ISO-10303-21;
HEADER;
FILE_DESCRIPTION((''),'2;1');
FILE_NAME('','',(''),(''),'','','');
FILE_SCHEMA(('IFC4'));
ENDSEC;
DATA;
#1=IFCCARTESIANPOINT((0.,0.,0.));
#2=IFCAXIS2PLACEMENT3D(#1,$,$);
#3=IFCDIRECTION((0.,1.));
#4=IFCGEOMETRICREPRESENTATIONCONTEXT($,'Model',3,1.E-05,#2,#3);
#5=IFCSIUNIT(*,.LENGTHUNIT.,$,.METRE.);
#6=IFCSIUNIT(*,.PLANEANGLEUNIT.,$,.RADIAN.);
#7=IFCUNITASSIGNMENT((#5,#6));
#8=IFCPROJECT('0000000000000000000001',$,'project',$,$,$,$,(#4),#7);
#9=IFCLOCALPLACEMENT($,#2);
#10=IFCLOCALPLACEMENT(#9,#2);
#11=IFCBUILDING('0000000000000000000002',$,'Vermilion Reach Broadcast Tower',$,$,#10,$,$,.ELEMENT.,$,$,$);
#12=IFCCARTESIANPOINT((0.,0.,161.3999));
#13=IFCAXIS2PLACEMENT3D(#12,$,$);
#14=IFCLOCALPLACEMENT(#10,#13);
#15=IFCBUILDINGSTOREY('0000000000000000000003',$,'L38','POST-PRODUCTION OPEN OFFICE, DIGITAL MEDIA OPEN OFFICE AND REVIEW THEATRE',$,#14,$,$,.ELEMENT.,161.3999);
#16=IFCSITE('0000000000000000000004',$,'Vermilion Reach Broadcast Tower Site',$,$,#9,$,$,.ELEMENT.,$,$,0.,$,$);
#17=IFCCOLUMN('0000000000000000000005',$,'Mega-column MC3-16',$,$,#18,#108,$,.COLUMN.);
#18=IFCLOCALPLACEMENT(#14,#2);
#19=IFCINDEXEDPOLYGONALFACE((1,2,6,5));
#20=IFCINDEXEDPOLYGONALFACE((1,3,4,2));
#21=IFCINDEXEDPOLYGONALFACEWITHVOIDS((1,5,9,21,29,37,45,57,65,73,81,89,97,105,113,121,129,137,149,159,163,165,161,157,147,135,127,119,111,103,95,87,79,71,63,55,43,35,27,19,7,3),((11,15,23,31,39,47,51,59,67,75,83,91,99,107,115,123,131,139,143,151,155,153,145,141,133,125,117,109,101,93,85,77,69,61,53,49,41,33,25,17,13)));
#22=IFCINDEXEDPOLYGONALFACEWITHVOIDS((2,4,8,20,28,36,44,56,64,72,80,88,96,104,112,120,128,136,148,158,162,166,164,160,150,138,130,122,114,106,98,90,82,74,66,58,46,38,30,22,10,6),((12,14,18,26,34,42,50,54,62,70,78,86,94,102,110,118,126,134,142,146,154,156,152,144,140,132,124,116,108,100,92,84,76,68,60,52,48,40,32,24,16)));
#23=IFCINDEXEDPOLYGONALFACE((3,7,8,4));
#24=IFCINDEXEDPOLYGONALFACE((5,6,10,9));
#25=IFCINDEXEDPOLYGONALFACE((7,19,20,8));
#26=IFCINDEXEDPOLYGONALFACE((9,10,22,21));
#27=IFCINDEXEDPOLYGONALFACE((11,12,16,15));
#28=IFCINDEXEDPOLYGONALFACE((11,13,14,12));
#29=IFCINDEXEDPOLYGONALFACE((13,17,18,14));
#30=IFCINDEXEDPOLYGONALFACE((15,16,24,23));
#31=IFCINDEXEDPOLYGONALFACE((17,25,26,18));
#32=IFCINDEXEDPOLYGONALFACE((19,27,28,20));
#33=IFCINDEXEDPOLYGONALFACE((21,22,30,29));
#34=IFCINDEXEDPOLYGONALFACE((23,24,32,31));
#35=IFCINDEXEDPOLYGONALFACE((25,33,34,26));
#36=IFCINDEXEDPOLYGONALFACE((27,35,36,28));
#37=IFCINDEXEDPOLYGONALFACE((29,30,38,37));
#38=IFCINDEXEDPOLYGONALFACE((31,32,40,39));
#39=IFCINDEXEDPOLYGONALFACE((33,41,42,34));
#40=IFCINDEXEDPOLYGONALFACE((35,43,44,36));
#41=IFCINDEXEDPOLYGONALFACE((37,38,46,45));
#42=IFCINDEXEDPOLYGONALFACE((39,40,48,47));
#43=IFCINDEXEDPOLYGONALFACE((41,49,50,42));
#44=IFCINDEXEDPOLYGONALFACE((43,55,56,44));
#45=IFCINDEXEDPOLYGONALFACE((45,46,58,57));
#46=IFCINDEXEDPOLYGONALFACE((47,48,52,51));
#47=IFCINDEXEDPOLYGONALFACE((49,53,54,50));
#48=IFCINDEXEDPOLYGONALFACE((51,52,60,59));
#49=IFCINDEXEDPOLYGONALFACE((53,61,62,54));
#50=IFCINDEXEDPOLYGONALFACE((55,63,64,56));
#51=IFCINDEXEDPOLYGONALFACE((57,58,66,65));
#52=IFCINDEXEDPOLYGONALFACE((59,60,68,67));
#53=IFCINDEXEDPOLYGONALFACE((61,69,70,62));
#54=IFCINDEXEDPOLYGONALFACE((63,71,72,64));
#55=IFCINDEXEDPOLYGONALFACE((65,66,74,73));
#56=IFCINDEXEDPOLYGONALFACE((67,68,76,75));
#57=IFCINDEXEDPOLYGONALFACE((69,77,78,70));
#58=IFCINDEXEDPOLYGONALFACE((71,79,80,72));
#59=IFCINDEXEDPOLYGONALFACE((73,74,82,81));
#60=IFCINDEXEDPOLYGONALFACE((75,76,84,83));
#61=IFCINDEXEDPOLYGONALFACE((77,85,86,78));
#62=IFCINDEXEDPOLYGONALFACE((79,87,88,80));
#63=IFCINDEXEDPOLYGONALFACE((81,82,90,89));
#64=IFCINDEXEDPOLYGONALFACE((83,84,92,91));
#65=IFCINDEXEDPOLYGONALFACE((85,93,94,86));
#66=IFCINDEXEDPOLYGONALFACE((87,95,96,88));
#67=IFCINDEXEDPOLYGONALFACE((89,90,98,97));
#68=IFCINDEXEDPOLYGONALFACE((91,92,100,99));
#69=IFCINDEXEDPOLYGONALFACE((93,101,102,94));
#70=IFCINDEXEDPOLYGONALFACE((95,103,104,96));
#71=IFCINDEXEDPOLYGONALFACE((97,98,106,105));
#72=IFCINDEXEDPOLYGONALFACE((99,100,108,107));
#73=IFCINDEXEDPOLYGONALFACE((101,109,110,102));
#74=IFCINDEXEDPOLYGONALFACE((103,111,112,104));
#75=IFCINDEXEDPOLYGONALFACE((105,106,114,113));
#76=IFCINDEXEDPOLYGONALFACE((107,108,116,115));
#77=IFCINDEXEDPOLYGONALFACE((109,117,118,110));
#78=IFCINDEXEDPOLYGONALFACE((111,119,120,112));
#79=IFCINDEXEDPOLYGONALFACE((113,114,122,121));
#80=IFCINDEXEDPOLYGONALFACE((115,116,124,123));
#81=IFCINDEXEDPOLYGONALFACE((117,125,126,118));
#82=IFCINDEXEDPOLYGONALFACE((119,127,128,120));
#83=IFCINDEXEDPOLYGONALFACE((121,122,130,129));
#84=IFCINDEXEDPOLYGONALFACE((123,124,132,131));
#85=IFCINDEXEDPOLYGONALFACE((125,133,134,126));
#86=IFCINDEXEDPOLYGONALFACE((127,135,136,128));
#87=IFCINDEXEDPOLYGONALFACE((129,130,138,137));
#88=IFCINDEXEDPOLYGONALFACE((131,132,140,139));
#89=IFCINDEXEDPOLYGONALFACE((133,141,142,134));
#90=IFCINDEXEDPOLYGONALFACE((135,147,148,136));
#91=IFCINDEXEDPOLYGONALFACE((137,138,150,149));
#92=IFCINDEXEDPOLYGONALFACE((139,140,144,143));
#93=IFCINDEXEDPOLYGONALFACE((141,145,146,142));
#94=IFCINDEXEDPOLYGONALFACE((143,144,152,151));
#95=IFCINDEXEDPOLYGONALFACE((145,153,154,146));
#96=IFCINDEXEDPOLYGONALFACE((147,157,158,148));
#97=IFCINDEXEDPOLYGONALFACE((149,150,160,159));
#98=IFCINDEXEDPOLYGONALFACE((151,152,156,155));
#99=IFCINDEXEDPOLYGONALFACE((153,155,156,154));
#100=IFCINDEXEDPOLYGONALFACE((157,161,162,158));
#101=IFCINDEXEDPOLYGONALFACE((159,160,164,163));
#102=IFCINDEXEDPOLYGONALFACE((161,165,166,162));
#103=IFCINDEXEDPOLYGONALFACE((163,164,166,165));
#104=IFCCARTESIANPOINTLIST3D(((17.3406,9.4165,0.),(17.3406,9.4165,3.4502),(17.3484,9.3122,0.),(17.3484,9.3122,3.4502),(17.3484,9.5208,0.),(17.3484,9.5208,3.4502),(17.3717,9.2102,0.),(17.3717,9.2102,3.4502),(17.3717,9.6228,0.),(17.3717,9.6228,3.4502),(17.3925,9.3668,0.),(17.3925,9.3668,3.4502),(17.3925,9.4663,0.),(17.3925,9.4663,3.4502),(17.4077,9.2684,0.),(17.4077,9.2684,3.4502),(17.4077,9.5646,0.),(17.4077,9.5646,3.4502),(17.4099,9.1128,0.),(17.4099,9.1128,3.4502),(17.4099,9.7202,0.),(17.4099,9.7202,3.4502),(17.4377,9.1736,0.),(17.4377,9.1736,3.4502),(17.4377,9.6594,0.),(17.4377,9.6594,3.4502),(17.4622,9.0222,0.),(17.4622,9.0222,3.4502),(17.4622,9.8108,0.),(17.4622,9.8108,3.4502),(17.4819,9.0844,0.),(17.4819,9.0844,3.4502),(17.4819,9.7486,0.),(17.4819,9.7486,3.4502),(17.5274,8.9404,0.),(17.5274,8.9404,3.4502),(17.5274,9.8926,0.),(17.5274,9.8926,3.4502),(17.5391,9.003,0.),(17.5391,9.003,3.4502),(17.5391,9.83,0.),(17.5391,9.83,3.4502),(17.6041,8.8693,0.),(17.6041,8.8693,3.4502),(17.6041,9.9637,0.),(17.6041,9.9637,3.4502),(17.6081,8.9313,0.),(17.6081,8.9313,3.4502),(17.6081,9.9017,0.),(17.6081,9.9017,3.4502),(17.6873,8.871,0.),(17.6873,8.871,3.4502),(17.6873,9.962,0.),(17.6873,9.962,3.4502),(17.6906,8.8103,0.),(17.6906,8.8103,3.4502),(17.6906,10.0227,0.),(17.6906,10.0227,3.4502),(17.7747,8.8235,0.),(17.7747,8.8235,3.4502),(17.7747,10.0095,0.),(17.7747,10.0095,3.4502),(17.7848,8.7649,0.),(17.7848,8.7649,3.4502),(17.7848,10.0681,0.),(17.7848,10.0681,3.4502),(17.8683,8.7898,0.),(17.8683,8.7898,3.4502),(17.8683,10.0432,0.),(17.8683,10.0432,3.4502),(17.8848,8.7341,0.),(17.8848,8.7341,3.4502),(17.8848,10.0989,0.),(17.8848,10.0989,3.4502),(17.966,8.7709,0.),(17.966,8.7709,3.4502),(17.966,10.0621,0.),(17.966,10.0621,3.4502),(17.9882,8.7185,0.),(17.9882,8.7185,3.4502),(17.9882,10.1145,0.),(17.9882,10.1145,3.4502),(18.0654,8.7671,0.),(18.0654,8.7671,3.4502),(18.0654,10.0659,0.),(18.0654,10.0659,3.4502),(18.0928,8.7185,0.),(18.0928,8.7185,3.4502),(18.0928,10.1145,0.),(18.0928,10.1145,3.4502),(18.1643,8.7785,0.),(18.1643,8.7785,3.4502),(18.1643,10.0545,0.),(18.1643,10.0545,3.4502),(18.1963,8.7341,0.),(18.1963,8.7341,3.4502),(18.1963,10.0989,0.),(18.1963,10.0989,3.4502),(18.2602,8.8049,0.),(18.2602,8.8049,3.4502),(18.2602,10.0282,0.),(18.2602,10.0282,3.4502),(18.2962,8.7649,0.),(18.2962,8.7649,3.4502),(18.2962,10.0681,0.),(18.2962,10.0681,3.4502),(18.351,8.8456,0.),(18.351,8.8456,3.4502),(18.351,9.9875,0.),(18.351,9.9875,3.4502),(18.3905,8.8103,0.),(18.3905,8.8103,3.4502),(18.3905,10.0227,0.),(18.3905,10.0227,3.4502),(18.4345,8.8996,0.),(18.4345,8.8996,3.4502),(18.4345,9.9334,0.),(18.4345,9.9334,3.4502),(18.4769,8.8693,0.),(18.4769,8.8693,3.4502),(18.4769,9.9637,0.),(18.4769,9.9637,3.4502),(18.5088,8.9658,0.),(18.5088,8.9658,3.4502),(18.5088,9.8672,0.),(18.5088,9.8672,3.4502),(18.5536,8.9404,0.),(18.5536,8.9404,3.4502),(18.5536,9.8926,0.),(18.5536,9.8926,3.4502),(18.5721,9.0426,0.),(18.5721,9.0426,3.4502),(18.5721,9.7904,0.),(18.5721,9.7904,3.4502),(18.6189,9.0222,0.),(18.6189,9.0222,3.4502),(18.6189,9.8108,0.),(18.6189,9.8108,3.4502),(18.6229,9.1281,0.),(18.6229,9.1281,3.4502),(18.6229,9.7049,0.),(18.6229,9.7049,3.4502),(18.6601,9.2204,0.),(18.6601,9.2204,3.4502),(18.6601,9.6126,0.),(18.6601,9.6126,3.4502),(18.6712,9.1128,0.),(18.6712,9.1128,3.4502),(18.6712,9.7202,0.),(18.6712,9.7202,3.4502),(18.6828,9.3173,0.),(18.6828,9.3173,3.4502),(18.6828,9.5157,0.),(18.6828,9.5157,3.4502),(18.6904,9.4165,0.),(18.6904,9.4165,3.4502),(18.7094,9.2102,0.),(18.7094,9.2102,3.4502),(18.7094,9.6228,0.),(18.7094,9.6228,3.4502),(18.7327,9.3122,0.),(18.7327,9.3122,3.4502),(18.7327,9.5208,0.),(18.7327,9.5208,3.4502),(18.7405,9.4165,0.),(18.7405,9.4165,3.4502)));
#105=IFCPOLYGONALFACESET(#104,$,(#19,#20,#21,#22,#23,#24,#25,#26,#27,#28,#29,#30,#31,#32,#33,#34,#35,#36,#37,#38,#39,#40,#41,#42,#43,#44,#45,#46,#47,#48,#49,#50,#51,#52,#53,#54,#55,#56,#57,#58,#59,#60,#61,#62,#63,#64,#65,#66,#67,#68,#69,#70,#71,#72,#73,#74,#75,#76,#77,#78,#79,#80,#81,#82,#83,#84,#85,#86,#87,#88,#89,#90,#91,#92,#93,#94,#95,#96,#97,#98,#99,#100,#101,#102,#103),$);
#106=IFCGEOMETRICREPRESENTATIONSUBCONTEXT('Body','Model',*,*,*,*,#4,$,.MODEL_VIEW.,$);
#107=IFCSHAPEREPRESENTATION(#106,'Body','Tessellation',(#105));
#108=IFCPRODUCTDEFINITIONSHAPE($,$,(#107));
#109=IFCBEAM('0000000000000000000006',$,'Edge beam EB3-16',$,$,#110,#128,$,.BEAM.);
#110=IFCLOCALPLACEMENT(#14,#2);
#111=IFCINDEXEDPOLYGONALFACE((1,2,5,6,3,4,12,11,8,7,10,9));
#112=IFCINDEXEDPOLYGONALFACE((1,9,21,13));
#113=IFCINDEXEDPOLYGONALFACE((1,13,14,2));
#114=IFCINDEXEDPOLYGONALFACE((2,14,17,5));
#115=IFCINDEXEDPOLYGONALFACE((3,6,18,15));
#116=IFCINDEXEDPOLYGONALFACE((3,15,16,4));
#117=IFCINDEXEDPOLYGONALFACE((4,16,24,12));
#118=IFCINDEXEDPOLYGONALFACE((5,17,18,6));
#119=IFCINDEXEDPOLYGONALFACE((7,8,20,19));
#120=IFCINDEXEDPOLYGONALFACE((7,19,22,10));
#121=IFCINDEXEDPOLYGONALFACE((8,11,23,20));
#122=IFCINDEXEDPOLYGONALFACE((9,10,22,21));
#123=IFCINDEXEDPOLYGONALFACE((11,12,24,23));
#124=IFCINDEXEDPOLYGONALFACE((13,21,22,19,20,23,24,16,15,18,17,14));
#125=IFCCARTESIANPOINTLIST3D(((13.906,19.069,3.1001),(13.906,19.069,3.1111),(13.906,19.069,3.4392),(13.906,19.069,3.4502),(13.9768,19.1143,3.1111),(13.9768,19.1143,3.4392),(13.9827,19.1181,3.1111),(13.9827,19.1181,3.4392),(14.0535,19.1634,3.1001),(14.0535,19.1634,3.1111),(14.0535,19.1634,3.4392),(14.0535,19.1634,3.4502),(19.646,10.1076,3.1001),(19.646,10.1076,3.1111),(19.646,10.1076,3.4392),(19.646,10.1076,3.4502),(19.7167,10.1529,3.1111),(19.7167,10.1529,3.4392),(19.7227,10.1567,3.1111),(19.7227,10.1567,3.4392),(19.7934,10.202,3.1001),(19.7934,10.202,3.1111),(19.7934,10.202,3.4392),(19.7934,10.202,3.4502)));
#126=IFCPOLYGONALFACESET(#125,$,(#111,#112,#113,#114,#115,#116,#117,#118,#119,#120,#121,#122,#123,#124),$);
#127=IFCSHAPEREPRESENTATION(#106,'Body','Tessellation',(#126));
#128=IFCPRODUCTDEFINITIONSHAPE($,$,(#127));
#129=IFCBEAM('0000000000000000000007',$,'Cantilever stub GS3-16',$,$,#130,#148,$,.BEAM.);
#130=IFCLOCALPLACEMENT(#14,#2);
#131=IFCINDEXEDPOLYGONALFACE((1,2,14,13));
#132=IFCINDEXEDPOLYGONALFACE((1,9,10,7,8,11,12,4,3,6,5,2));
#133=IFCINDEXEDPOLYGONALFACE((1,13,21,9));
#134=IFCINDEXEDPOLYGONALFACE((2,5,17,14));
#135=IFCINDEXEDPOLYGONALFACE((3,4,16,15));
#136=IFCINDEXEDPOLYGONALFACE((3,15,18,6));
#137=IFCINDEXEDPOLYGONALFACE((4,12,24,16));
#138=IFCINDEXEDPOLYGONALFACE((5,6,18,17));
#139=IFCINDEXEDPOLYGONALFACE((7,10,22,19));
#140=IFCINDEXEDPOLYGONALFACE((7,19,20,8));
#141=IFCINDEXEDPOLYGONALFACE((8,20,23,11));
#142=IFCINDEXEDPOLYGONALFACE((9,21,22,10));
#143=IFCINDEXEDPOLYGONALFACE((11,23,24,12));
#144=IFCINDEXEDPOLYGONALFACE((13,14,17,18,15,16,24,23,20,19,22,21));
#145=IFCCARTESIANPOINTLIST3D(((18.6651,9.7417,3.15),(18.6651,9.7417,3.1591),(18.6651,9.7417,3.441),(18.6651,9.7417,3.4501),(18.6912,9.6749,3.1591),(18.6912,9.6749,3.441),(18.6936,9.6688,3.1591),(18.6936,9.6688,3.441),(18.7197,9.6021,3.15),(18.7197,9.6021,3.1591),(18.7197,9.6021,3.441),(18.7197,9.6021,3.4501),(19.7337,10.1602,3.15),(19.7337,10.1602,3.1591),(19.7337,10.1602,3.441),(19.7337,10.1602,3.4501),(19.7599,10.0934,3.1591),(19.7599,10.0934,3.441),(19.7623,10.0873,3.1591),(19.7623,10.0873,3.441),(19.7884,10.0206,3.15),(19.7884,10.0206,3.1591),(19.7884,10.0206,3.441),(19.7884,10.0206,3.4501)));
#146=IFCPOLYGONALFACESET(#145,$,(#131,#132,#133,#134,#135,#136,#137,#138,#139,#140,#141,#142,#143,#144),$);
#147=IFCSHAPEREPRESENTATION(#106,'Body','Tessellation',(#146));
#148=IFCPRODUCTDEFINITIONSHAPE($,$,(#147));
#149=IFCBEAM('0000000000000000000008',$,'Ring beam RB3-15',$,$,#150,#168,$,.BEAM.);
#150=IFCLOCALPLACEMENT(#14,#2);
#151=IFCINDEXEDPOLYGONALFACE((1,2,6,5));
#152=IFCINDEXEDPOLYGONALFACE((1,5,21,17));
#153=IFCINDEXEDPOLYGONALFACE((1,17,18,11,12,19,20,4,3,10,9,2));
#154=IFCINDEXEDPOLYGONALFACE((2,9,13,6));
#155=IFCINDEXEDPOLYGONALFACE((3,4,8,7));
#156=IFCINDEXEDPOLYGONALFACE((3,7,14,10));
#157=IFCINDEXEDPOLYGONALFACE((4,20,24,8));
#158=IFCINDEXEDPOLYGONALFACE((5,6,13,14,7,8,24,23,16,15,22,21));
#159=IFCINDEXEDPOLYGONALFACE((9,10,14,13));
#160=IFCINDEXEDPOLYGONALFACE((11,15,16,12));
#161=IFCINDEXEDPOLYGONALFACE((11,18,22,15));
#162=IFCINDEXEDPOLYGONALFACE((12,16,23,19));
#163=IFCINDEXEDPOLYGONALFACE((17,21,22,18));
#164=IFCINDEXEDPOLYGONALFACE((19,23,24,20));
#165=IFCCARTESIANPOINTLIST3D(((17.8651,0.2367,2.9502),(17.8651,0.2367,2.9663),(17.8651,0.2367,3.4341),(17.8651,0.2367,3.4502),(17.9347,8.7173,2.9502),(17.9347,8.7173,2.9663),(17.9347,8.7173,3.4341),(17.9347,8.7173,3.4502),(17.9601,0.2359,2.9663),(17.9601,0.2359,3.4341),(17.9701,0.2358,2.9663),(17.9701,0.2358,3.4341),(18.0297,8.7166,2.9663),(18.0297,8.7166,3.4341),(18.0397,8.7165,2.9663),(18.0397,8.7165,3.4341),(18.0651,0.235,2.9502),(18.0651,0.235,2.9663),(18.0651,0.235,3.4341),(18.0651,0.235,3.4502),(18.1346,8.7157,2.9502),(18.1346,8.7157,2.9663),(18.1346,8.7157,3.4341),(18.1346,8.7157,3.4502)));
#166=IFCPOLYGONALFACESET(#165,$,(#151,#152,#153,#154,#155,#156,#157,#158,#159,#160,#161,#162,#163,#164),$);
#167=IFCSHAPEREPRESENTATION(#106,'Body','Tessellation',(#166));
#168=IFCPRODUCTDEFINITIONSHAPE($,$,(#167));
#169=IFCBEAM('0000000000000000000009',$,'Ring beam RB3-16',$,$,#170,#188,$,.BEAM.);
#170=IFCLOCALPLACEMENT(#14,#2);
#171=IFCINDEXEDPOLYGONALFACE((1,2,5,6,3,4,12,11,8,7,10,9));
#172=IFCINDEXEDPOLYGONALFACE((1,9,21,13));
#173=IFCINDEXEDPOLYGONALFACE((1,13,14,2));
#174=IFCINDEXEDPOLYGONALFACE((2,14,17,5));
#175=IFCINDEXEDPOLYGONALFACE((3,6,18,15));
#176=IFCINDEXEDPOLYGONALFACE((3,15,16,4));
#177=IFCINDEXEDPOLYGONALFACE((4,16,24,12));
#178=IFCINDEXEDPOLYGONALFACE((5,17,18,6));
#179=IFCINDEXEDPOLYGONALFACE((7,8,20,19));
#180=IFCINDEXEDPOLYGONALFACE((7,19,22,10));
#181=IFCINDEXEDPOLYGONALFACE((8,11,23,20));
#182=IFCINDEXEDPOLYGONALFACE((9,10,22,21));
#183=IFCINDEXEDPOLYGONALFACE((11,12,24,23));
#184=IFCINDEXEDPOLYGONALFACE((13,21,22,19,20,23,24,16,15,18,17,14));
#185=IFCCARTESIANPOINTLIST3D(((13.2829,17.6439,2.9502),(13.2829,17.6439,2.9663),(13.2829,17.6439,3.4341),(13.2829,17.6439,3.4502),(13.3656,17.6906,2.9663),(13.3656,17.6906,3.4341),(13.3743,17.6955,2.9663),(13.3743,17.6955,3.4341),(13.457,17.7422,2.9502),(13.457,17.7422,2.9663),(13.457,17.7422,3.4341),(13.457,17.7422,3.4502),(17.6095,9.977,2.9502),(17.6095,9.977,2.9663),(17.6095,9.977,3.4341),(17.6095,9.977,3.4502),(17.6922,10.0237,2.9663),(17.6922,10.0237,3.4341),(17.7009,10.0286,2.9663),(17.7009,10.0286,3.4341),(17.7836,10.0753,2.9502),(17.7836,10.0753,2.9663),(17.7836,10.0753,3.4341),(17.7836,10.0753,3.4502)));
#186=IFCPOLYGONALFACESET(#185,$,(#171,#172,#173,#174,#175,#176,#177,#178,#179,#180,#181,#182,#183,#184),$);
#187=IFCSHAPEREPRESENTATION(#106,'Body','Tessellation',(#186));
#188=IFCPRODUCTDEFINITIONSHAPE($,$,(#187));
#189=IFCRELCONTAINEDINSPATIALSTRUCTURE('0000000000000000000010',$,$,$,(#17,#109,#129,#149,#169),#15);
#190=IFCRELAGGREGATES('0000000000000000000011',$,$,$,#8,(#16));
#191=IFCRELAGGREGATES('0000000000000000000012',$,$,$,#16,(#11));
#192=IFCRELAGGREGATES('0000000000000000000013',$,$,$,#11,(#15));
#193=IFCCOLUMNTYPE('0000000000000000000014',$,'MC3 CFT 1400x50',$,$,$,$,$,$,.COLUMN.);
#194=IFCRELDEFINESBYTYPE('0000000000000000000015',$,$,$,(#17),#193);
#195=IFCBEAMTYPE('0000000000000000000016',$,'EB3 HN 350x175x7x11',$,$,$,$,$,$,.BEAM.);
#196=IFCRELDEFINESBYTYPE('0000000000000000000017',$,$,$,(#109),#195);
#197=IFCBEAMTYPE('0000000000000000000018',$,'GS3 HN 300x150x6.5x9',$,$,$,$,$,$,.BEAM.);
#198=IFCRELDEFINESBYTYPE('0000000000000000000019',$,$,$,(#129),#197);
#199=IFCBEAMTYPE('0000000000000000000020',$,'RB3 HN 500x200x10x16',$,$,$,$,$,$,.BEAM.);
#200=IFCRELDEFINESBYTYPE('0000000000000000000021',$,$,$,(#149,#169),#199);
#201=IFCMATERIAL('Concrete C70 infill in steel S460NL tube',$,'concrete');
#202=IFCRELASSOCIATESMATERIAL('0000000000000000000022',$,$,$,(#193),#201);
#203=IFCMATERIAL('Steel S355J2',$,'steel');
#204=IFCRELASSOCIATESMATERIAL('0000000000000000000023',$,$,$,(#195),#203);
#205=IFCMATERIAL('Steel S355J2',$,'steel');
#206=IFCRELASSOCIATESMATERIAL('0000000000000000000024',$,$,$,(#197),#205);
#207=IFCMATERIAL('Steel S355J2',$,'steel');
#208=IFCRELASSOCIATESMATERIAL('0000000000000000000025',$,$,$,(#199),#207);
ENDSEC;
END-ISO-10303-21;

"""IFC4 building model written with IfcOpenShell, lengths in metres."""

from ifc_helpers import new_model, si_unit, direction, frame, origin, origin_2d, place, context, subcontext, project, spatial, hollow_circle, i_section, extrude, material, material_profile, profile_set, type_object, element, save


model = new_model("IFC4")

# Units and contexts
model_context = context("Model", 3, precision=1e-05, world=origin(), true_north=direction((0.0, 1.0)))
body_context = subcontext(model_context, "Body", "Model", "MODEL_VIEW")
ifc_project = project(units=[si_unit("LENGTHUNIT", "METRE"), si_unit("PLANEANGLEUNIT", "RADIAN")], contexts=[model_context])

# Site, building, storey
site_placement = place(None, origin())
site = spatial("IfcSite", under=ifc_project, at=site_placement, Name="Vermilion Reach Broadcast Tower Site", CompositionType="ELEMENT", RefElevation=0.0)
building_placement = place(site_placement, origin())
building = spatial("IfcBuilding", under=site, at=building_placement, Name="Vermilion Reach Broadcast Tower", CompositionType="ELEMENT")
storey_placement = place(building_placement, frame((0.0, 0.0, 161.3999)))
storey = spatial("IfcBuildingStorey", under=building, at=storey_placement, Name="L38", Description="POST-PRODUCTION OPEN OFFICE, DIGITAL MEDIA OPEN OFFICE AND REVIEW THEATRE", CompositionType="ELEMENT", Elevation=161.3999)

# Column
ifc_material_1 = material(Name="Concrete C70 infill in steel S460NL tube", Category="concrete")
ifc_material_profile_1 = material_profile(ifc_material_1, hollow_circle(Radius=0.7, WallThickness=0.05, at=origin_2d()), Name="Concrete C70 infill in steel S460NL tube CFT 1400x50")
ifc_profile_set_1 = profile_set([ifc_material_profile_1], Name="Concrete C70 infill in steel S460NL tube")
column_type = type_object("IfcColumnType", Name="MC3 CFT 1400x50", PredefinedType="COLUMN", material=ifc_profile_set_1)
column_placement = place(storey_placement, frame((18.0405, 9.4165, 0.0), z_axis=(0.0, 0.0, 1.0), x_axis=(1.0, 0.0, 0.0)))
element("IfcColumn", 1, at=column_placement, inside=storey, type_object=column_type, Name="Mega-column MC3-16", PredefinedType="COLUMN", context=body_context, shape_type="SweptSolid", body=[
    extrude(hollow_circle(Radius=0.7, WallThickness=0.05, at=origin_2d()), origin(), (0.0, 0.0, 1.0), 3.4502),
])

# Beams
ifc_material_2 = material(Name="Steel S355J2", Category="steel")
ifc_material_profile_2 = material_profile(ifc_material_2, i_section(OverallWidth=0.175, OverallDepth=0.3501, WebThickness=0.0071, FlangeThickness=0.011, at=origin_2d()), Name="S355J2 HN 350x175x7x11")
ifc_profile_set_2 = profile_set([ifc_material_profile_2], Name="Steel S355J2")
beam_type_1 = type_object("IfcBeamType", Name="EB3 HN 350x175x7x11", PredefinedType="BEAM", material=ifc_profile_set_2)
beam_1_placement = place(storey_placement, frame((19.7197, 10.1548, 3.2751), z_axis=(-0.539365, 0.842072, 0.0), x_axis=(-0.842072, -0.539365, 0.0)))
element("IfcBeam", 2, at=beam_1_placement, inside=storey, type_object=beam_type_1, Name="Edge beam EB3-16", PredefinedType="BEAM", context=body_context, shape_type="SweptSolid", body=[
    extrude(i_section(OverallWidth=0.175, OverallDepth=0.3501, WebThickness=0.0071, FlangeThickness=0.011, at=origin_2d()), origin(), (0.0, 0.0, 1.0), 10.6421),
])
ifc_material_3 = material(Name="Steel S355J2", Category="steel")
ifc_material_profile_3 = material_profile(ifc_material_3, i_section(OverallWidth=0.1499, OverallDepth=0.3, WebThickness=0.0066, FlangeThickness=0.009, at=origin_2d()), Name="S355J2 HN 300x150x6.5x9")
ifc_profile_set_3 = profile_set([ifc_material_profile_3], Name="Steel S355J2")
beam_type_2 = type_object("IfcBeamType", Name="GS3 HN 300x150x6.5x9", PredefinedType="BEAM", material=ifc_profile_set_3)
beam_2_placement = place(storey_placement, frame((18.6924, 9.6719, 3.3), z_axis=(0.931152, 0.364632, 0.0), x_axis=(-0.364632, 0.931152, 0.0)))
element("IfcBeam", 3, at=beam_2_placement, inside=storey, type_object=beam_type_2, Name="Cantilever stub GS3-16", PredefinedType="BEAM", context=body_context, shape_type="SweptSolid", body=[
    extrude(i_section(OverallWidth=0.1499, OverallDepth=0.3, WebThickness=0.0066, FlangeThickness=0.009, at=origin_2d()), origin(), (0.0, 0.0, 1.0), 1.1477),
])
ifc_material_4 = material(Name="Steel S355J2", Category="steel")
ifc_material_profile_4 = material_profile(ifc_material_4, i_section(OverallWidth=0.2, OverallDepth=0.5, WebThickness=0.01, FlangeThickness=0.0161, at=origin_2d()), Name="S355J2 HN 500x200x10x16")
ifc_profile_set_4 = profile_set([ifc_material_profile_4], Name="Steel S355J2")
beam_type_3 = type_object("IfcBeamType", Name="RB3 HN 500x200x10x16", PredefinedType="BEAM", material=ifc_profile_set_4)
beam_3_placement = place(storey_placement, frame((17.9651, 0.2358, 3.2002), z_axis=(0.008204, 0.999966, 0.0), x_axis=(-0.999966, 0.008204, 0.0)))
element("IfcBeam", 4, at=beam_3_placement, inside=storey, type_object=beam_type_3, Name="Ring beam RB3-15", PredefinedType="BEAM", context=body_context, shape_type="SweptSolid", body=[
    extrude(i_section(OverallWidth=0.2, OverallDepth=0.5, WebThickness=0.01, FlangeThickness=0.0161, at=origin_2d()), origin(), (0.0, 0.0, 1.0), 8.481),
])
beam_4_placement = place(storey_placement, frame((17.6965, 10.0261, 3.2002), z_axis=(-0.491467, 0.870896, 0.0), x_axis=(-0.870896, -0.491467, 0.0)))
element("IfcBeam", 5, at=beam_4_placement, inside=storey, type_object=beam_type_3, Name="Ring beam RB3-16", PredefinedType="BEAM", context=body_context, shape_type="SweptSolid", body=[
    extrude(i_section(OverallWidth=0.2, OverallDepth=0.5, WebThickness=0.01, FlangeThickness=0.0161, at=origin_2d()), origin(), (0.0, 0.0, 1.0), 8.8035),
])

save(model, "model.ifc")
